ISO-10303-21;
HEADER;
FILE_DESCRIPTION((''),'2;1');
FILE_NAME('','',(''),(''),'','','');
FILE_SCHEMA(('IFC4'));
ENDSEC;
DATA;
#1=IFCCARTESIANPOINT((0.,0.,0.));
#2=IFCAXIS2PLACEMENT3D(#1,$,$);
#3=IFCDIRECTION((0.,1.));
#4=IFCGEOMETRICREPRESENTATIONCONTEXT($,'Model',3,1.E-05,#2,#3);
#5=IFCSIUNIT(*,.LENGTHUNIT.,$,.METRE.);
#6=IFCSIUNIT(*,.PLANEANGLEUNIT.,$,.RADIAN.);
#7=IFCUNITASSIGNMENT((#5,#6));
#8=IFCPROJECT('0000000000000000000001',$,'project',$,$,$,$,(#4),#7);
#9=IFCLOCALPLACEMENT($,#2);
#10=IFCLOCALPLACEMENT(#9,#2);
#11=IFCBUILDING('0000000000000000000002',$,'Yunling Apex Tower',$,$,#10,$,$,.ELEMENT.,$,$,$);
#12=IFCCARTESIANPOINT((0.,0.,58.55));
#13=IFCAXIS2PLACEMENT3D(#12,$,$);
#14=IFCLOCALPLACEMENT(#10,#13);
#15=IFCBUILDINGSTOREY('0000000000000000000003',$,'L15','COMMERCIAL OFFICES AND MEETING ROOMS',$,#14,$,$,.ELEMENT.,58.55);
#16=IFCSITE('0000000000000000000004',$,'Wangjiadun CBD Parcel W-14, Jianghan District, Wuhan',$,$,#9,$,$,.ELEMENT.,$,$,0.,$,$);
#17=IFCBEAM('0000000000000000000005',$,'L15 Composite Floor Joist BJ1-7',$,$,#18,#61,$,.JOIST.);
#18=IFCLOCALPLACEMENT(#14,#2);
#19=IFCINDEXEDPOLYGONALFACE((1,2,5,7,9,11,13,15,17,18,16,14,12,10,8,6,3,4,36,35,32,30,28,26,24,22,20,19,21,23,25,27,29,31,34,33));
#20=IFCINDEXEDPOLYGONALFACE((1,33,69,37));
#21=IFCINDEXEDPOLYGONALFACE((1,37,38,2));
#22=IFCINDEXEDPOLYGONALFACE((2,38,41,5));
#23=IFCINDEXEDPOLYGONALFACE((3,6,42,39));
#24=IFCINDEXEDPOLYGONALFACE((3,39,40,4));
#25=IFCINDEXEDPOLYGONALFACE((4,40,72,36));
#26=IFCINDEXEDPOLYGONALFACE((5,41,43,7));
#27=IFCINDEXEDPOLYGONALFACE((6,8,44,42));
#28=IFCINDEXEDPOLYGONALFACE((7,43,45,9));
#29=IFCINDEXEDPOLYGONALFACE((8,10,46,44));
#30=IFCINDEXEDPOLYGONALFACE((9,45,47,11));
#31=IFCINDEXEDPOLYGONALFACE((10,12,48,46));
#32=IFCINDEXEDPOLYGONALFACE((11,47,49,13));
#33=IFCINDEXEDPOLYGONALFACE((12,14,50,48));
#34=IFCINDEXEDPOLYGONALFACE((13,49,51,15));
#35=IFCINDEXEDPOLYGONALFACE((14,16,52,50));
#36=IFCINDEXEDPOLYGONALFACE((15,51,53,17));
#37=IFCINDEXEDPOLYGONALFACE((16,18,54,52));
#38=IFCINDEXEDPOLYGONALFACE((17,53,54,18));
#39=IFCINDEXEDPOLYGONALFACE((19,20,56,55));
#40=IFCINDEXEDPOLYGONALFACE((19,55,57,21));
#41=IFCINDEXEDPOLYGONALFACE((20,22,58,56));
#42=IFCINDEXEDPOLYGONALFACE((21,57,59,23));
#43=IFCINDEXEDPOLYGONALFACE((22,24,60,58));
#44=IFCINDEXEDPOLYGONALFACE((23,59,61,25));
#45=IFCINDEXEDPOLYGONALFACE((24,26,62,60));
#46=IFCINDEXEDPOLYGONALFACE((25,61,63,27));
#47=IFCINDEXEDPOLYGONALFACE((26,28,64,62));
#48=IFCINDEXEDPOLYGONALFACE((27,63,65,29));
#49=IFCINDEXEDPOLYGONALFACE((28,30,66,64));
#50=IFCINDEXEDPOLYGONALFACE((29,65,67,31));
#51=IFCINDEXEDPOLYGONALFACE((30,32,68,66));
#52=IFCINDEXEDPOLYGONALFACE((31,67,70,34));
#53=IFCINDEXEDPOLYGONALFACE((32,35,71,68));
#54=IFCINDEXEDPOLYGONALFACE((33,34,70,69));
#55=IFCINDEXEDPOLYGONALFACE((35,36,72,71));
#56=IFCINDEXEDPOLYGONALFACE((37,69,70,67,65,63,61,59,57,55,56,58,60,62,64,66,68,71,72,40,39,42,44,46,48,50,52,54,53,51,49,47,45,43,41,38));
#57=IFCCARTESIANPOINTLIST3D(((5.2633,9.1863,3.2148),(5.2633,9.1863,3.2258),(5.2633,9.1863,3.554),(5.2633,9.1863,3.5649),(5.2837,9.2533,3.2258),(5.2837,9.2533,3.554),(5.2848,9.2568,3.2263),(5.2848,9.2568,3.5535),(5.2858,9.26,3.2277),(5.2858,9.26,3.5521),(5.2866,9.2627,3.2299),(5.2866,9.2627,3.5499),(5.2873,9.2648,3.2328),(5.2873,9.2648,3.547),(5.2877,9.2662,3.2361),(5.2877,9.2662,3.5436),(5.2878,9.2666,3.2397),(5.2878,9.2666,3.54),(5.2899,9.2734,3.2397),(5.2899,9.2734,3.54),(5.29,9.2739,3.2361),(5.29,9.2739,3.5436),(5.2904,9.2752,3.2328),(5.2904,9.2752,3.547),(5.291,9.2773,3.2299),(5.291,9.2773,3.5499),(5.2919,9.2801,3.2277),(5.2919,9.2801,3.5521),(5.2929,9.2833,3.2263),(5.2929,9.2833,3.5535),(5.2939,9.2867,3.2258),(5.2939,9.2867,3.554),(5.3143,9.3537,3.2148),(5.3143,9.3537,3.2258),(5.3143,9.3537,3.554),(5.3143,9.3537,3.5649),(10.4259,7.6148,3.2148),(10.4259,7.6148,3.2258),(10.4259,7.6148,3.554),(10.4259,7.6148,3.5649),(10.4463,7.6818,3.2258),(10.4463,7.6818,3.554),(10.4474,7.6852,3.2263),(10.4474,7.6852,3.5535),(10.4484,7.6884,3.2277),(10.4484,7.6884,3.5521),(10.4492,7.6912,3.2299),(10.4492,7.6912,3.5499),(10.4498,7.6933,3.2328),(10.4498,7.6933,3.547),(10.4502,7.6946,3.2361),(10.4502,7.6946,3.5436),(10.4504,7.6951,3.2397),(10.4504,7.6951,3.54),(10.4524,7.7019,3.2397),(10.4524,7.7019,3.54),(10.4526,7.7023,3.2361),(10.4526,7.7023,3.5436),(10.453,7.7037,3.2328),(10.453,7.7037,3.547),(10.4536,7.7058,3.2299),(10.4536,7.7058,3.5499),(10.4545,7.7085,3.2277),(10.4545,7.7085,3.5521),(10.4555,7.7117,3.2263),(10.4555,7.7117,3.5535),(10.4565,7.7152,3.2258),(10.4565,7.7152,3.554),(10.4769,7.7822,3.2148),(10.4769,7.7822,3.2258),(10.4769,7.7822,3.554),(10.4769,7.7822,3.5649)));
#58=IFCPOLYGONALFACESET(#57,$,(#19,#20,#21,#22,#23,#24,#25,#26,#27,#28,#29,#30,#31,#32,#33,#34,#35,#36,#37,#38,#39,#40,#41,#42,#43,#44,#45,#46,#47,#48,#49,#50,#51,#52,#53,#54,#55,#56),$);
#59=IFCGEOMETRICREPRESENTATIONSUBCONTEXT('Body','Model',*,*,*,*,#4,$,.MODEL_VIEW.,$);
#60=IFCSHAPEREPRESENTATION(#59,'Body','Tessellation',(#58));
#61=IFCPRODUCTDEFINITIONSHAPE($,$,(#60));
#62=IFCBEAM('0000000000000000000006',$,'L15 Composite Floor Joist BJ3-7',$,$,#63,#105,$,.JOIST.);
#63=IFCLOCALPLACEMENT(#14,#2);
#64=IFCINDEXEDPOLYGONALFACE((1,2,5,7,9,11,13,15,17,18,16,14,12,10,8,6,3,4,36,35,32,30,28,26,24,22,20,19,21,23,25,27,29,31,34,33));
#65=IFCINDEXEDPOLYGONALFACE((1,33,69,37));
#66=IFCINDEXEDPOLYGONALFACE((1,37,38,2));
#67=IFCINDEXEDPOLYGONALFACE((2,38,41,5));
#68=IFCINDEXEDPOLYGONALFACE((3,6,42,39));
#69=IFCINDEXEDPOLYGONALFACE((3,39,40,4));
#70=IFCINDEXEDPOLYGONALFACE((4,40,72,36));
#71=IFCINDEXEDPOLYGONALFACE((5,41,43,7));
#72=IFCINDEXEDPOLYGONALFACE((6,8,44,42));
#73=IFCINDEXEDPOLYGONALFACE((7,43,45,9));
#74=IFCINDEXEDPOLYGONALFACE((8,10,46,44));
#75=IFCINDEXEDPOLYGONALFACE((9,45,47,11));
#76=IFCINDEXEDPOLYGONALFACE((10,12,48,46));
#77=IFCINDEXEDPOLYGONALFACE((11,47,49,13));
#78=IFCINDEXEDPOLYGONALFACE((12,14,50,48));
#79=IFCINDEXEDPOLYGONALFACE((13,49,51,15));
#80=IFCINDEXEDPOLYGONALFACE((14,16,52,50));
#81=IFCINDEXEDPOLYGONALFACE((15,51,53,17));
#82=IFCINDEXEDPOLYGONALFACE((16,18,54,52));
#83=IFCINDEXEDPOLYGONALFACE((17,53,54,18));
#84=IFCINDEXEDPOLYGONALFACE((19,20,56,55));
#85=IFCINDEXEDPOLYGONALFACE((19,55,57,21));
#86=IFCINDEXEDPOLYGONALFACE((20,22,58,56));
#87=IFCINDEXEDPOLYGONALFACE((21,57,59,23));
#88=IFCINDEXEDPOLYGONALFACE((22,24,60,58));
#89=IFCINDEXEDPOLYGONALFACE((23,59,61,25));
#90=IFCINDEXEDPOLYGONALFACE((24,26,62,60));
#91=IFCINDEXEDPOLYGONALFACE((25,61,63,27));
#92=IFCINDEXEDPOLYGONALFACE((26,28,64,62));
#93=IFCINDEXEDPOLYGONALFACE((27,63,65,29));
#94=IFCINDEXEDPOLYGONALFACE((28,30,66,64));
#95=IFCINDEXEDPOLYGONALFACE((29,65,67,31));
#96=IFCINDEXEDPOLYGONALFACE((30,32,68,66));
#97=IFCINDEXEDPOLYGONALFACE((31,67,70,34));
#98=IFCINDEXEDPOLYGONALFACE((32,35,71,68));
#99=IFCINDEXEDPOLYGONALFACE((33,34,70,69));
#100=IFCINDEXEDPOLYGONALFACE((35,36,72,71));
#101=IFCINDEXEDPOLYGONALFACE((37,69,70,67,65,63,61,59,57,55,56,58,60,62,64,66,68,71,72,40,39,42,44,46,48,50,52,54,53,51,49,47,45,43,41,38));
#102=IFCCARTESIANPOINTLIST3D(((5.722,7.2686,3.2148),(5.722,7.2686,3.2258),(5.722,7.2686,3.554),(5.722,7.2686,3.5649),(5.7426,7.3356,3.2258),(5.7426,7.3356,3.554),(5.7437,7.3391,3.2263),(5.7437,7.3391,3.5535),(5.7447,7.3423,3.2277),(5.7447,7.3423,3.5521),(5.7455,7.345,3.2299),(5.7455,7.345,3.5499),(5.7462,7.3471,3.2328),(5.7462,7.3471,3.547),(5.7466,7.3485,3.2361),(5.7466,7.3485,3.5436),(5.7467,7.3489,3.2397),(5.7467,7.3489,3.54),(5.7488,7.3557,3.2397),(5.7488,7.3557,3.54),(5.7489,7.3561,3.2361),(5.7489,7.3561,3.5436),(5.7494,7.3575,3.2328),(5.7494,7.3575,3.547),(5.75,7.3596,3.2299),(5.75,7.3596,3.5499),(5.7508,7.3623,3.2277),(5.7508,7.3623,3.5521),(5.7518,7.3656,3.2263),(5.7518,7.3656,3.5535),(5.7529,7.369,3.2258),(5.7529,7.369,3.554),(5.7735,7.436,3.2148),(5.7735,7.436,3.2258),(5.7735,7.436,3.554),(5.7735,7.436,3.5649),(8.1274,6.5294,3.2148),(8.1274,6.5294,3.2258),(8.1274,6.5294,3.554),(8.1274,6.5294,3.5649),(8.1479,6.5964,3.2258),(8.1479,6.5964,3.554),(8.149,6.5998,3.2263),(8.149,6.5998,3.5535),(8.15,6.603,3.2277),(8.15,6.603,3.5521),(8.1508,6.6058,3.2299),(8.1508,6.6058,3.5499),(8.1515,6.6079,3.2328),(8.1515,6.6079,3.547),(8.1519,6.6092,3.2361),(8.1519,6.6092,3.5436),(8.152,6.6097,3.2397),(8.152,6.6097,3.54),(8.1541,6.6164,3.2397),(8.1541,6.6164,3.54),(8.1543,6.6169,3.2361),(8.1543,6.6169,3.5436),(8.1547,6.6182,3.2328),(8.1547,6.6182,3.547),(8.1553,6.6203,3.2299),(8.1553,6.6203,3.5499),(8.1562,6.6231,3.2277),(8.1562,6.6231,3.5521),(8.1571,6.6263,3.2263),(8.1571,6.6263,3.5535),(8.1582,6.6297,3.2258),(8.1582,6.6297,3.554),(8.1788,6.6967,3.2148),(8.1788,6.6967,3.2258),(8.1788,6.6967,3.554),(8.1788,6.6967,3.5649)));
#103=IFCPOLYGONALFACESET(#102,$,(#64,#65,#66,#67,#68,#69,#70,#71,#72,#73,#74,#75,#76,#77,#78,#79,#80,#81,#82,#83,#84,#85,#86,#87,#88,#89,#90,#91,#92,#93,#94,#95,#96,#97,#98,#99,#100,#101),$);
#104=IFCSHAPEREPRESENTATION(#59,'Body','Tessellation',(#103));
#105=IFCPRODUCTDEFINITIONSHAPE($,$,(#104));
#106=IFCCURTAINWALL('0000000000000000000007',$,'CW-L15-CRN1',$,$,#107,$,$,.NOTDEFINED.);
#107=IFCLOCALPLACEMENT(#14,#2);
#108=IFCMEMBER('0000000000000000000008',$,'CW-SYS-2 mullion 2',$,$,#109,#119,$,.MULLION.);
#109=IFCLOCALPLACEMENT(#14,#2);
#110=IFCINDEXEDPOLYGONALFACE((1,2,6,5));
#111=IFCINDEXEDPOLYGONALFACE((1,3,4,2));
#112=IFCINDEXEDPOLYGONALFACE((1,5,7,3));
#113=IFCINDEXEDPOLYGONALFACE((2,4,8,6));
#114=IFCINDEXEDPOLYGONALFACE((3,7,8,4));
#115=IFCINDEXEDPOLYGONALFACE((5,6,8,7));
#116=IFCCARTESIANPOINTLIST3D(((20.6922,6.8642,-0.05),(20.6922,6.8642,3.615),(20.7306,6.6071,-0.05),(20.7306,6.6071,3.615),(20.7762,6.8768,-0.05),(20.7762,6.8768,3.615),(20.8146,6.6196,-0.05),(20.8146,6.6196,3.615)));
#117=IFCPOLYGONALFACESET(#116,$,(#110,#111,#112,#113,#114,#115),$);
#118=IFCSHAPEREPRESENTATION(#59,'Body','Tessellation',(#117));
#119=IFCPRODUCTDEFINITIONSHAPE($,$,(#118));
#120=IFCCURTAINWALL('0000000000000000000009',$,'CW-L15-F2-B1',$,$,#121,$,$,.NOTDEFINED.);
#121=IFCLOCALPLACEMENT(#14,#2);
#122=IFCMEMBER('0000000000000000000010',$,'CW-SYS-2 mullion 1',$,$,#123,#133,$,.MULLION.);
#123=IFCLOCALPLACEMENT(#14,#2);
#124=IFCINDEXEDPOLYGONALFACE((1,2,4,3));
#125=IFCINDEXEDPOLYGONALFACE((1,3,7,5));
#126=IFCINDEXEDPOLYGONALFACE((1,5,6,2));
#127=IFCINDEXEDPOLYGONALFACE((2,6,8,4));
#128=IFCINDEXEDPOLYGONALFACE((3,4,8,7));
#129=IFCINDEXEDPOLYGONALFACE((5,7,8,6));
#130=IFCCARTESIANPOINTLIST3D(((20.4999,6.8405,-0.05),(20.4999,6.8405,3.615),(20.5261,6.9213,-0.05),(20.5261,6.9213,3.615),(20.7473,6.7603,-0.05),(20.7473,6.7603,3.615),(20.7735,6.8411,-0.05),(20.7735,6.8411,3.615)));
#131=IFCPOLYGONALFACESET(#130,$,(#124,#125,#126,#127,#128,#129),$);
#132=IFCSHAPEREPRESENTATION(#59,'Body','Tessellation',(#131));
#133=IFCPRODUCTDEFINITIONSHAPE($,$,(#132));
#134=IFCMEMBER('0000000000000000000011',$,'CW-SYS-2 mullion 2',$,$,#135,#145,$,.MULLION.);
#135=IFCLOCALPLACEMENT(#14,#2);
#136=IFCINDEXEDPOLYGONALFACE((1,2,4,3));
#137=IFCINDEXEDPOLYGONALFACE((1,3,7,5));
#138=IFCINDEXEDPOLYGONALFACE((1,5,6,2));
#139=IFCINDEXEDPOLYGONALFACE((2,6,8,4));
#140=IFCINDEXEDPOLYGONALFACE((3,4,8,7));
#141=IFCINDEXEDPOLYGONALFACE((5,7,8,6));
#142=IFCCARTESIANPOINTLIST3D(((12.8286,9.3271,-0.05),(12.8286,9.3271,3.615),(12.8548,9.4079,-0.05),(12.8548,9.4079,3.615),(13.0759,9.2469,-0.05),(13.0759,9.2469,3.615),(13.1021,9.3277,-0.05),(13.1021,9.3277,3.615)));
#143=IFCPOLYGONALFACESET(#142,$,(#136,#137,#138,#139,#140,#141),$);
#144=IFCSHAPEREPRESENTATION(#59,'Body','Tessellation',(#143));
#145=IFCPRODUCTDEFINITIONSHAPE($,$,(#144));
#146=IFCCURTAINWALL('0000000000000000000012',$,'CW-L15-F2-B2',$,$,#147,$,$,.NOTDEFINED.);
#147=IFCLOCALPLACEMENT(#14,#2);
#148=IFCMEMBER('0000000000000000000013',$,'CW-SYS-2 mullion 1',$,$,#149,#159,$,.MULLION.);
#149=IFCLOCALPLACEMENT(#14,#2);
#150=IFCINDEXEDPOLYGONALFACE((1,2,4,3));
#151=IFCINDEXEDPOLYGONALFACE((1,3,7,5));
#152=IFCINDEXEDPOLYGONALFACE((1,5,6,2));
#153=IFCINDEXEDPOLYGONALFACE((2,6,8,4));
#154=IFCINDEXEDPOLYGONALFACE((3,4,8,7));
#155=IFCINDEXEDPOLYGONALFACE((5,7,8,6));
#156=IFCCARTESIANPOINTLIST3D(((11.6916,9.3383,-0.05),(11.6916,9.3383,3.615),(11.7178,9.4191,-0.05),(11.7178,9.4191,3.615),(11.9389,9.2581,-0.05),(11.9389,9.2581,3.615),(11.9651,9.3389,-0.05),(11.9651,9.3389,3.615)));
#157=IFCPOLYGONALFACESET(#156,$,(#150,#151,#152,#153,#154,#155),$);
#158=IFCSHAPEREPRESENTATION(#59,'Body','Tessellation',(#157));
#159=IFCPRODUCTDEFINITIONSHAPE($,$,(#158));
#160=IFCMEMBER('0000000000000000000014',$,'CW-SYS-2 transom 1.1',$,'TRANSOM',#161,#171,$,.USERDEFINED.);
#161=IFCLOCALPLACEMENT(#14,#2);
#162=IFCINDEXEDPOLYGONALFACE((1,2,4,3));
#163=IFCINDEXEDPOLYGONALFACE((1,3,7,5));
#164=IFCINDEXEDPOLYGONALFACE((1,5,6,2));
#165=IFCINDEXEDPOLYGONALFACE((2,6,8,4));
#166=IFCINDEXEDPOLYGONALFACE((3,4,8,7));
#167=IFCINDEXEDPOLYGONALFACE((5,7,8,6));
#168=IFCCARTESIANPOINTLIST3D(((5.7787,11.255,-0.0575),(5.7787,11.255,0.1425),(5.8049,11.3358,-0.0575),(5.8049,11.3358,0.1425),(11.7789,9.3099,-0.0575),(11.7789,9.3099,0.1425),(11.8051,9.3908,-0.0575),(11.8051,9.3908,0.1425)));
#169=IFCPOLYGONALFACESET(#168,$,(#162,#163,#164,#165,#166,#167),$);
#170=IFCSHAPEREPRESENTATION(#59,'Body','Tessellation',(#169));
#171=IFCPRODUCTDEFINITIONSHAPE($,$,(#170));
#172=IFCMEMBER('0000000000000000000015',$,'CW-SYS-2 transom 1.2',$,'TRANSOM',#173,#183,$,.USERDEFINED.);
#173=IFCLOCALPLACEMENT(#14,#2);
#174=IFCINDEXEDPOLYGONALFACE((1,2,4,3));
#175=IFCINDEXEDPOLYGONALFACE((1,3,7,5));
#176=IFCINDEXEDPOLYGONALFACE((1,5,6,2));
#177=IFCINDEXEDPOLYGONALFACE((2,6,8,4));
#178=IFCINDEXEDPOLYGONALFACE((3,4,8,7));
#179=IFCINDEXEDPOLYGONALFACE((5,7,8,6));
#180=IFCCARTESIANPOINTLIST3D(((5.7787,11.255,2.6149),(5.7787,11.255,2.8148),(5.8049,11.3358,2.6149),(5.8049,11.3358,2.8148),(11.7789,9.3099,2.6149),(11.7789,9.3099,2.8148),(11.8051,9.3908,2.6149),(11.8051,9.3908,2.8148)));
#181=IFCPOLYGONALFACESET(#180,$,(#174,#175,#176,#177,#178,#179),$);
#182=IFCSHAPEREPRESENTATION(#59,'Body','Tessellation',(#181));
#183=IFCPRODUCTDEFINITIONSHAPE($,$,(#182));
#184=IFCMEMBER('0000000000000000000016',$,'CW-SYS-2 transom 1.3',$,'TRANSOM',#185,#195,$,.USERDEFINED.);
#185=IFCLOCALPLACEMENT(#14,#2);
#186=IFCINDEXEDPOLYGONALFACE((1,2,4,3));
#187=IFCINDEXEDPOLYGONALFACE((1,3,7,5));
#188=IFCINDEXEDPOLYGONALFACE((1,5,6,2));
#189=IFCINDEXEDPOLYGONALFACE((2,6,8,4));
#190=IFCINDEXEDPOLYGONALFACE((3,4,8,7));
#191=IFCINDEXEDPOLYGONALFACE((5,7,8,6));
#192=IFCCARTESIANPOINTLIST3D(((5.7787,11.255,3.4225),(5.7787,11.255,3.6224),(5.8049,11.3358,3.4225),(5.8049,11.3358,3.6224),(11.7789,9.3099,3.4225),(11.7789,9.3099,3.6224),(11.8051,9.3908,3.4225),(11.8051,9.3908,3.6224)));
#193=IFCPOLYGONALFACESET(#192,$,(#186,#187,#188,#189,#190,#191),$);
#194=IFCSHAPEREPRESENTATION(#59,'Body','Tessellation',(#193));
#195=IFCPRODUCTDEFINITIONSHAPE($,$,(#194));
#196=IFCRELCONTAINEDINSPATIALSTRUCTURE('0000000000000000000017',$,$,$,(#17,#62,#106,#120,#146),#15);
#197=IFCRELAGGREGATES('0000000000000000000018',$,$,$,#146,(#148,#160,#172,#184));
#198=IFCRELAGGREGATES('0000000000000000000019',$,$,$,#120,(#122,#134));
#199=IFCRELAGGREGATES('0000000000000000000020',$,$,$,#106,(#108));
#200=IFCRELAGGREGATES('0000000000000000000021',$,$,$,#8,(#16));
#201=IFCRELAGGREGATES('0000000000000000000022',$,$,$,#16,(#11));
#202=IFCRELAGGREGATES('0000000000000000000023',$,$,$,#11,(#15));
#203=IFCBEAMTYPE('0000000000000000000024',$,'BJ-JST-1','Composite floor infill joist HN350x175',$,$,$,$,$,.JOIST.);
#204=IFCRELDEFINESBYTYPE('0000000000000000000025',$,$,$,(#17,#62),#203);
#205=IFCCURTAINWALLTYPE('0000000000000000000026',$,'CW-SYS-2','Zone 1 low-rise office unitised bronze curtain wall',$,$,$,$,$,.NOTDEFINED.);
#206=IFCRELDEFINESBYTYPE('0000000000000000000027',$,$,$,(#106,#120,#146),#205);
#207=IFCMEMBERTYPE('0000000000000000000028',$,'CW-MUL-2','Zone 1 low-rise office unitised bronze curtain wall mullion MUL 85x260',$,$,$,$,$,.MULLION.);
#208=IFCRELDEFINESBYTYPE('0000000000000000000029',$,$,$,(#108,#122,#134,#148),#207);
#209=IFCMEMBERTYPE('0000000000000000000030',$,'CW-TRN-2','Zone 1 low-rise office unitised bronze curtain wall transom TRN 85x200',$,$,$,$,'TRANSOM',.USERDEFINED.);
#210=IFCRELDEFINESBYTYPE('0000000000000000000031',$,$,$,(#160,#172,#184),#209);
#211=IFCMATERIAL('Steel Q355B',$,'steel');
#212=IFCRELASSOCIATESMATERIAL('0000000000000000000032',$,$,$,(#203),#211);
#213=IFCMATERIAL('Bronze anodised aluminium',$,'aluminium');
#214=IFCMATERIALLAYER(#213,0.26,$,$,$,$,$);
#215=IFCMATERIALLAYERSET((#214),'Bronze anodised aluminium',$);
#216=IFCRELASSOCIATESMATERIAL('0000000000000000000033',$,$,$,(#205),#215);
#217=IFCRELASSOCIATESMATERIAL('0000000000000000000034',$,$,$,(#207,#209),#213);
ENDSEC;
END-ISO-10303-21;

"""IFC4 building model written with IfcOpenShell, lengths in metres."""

from ifc_helpers import new_model, si_unit, direction, frame, origin, origin_2d, place, context, subcontext, project, spatial, rectangle, i_section, extrude, source, transform, mapped, material, layer, layer_set, material_profile, profile_set, type_object, element, aggregate, save


model = new_model("IFC4")

# Units and contexts
model_context = context("Model", 3, precision=1e-05, world=origin(), true_north=direction((0.0, 1.0)))
body_context = subcontext(model_context, "Body", "Model", "MODEL_VIEW")
ifc_project = project(units=[si_unit("LENGTHUNIT", "METRE"), si_unit("PLANEANGLEUNIT", "RADIAN")], contexts=[model_context])

# Site, building, storey
site_placement = place(None, origin())
site = spatial("IfcSite", under=ifc_project, at=site_placement, Name="Wangjiadun CBD Parcel W-14, Jianghan District, Wuhan", CompositionType="ELEMENT", RefElevation=0.0)
building_placement = place(site_placement, origin())
building = spatial("IfcBuilding", under=site, at=building_placement, Name="Yunling Apex Tower", CompositionType="ELEMENT")
storey_placement = place(building_placement, frame((0.0, 0.0, 58.55)))
storey = spatial("IfcBuildingStorey", under=building, at=storey_placement, Name="L15", Description="COMMERCIAL OFFICES AND MEETING ROOMS", CompositionType="ELEMENT", Elevation=58.55)

# Beams
ifc_material_1 = material(Name="Steel Q355B", Category="steel")
ifc_material_profile_1 = material_profile(ifc_material_1, i_section(OverallWidth=0.175, OverallDepth=0.3501, WebThickness=0.0071, FlangeThickness=0.011, FilletRadius=0.0139, at=origin_2d()))
ifc_profile_set_1 = profile_set([ifc_material_profile_1], Name="Steel Q355B")
beam_type_1 = type_object("IfcBeamType", Name="BJ-JST-1", Description="Composite floor infill joist HN350x175", PredefinedType="JOIST", material=ifc_profile_set_1)
shared_shape_1 = source(origin(), body_context, "Body", "SweptSolid", [
    extrude(i_section(OverallWidth=0.175, OverallDepth=0.3501, WebThickness=0.0071, FlangeThickness=0.011, FilletRadius=0.0139, at=origin_2d()), origin(), (0.0, 0.0, 1.0), 5.3965),
])
beam_1_placement = place(storey_placement, frame((10.4514, 7.6985, 3.3899), z_axis=(-0.956658, 0.291214, 0.0), x_axis=(-0.291214, -0.956658, 0.0)))
element("IfcBeam", 1, at=beam_1_placement, inside=storey, type_object=beam_type_1, Name="L15 Composite Floor Joist BJ1-7", PredefinedType="JOIST", context=body_context, shape_type="MappedRepresentation", body=[
    mapped(shared_shape_1, transform((0.0, 0.0, 0.0), scale=1.0)),
])
shared_shape_2 = source(origin(), body_context, "Body", "SweptSolid", [
    extrude(i_section(OverallWidth=0.175, OverallDepth=0.3501, WebThickness=0.0071, FlangeThickness=0.011, FilletRadius=0.0139, at=origin_2d()), origin(), (0.0, 0.0, 1.0), 2.5164),
])
beam_2_placement = place(storey_placement, frame((8.1531, 6.613, 3.3899), z_axis=(-0.955871, 0.293786, 0.0), x_axis=(-0.293786, -0.955871, 0.0)))
element("IfcBeam", 2, at=beam_2_placement, inside=storey, type_object=beam_type_1, Name="L15 Composite Floor Joist BJ3-7", PredefinedType="JOIST", context=body_context, shape_type="MappedRepresentation", body=[
    mapped(shared_shape_2, transform((0.0, 0.0, 0.0), scale=1.0)),
])

# Curtain wall, member
ifc_material_2 = material(Name="Bronze anodised aluminium", Category="aluminium")
ifc_layer_1 = layer(ifc_material_2, 0.26)
ifc_layer_set_1 = layer_set([ifc_layer_1], Name="Bronze anodised aluminium")
curtain_wall_type = type_object("IfcCurtainWallType", Name="CW-SYS-2", Description="Zone 1 low-rise office unitised bronze curtain wall", PredefinedType="NOTDEFINED", material=ifc_layer_set_1)
curtain_wall_1_placement = place(storey_placement, origin())
curtain_wall_1 = element("IfcCurtainWall", 3, at=curtain_wall_1_placement, inside=storey, type_object=curtain_wall_type, Name="CW-L15-CRN1", PredefinedType="NOTDEFINED")
ifc_material_profile_2 = material_profile(ifc_material_2, rectangle(XDim=0.085, YDim=0.26, at=origin_2d()))
ifc_profile_set_2 = profile_set([ifc_material_profile_2], Name="Bronze anodised aluminium")
member_type_1 = type_object("IfcMemberType", Name="CW-MUL-2", Description="Zone 1 low-rise office unitised bronze curtain wall mullion MUL 85x260", PredefinedType="MULLION", material=ifc_profile_set_2)
shared_shape_3 = source(origin(), body_context, "Body", "SweptSolid", [
    extrude(rectangle(XDim=0.085, YDim=0.26, at=origin_2d()), origin(), (0.0, 0.0, 1.0), 3.665),
])
member_1_placement = place(storey_placement, frame((20.7534, 6.7419, -0.05), z_axis=(0.0, 0.0, 1.0), x_axis=(-0.989018, -0.147798, 0.0)))
member_1 = element("IfcMember", 4, at=member_1_placement, type_object=member_type_1, Name="CW-SYS-2 mullion 2", PredefinedType="MULLION", context=body_context, shape_type="MappedRepresentation", body=[
    mapped(shared_shape_3, transform((0.0, 0.0, 0.0), scale=1.0)),
])

# Curtain walls, members
curtain_wall_2_placement = place(storey_placement, origin())
curtain_wall_2 = element("IfcCurtainWall", 5, at=curtain_wall_2_placement, inside=storey, type_object=curtain_wall_type, Name="CW-L15-F2-B1", PredefinedType="NOTDEFINED")
member_2_placement = place(storey_placement, frame((20.6367, 6.8408, -0.05), z_axis=(0.0, 0.0, 1.0), x_axis=(-0.308357, -0.951271, 0.0)))
member_2 = element("IfcMember", 6, at=member_2_placement, type_object=member_type_1, Name="CW-SYS-2 mullion 1", PredefinedType="MULLION", context=body_context, shape_type="MappedRepresentation", body=[
    mapped(shared_shape_3, transform((0.0, 0.0, 0.0), scale=1.0)),
])
member_3_placement = place(storey_placement, frame((12.9653, 9.3274, -0.05), z_axis=(0.0, 0.0, 1.0), x_axis=(-0.308357, -0.951271, 0.0)))
member_3 = element("IfcMember", 7, at=member_3_placement, type_object=member_type_1, Name="CW-SYS-2 mullion 2", PredefinedType="MULLION", context=body_context, shape_type="MappedRepresentation", body=[
    mapped(shared_shape_3, transform((0.0, 0.0, 0.0), scale=1.0)),
])
curtain_wall_3_placement = place(storey_placement, origin())
curtain_wall_3 = element("IfcCurtainWall", 8, at=curtain_wall_3_placement, inside=storey, type_object=curtain_wall_type, Name="CW-L15-F2-B2", PredefinedType="NOTDEFINED")
member_4_placement = place(storey_placement, frame((11.8284, 9.3386, -0.05), z_axis=(0.0, 0.0, 1.0), x_axis=(-0.308352, -0.951272, 0.0)))
member_4 = element("IfcMember", 9, at=member_4_placement, type_object=member_type_1, Name="CW-SYS-2 mullion 1", PredefinedType="MULLION", context=body_context, shape_type="MappedRepresentation", body=[
    mapped(shared_shape_3, transform((0.0, 0.0, 0.0), scale=1.0)),
])
ifc_material_profile_3 = material_profile(ifc_material_2, rectangle(XDim=0.085, YDim=0.2, at=origin_2d()))
ifc_profile_set_3 = profile_set([ifc_material_profile_3], Name="Bronze anodised aluminium")
member_type_2 = type_object("IfcMemberType", Name="CW-TRN-2", Description="Zone 1 low-rise office unitised bronze curtain wall transom TRN 85x200", ElementType="TRANSOM", PredefinedType="USERDEFINED", material=ifc_profile_set_3)
shared_shape_4 = source(origin(), body_context, "Body", "SweptSolid", [
    extrude(rectangle(XDim=0.085, YDim=0.2, at=origin_2d()), origin(), (0.0, 0.0, 1.0), 6.3076),
])
member_5_placement = place(storey_placement, frame((11.792, 9.3503, 0.0425), z_axis=(-0.951267, 0.308367, 0.0), x_axis=(-0.308367, -0.951267, 0.0)))
member_5 = element("IfcMember", 10, at=member_5_placement, type_object=member_type_2, Name="CW-SYS-2 transom 1.1", ObjectType="TRANSOM", PredefinedType="USERDEFINED", context=body_context, shape_type="MappedRepresentation", body=[
    mapped(shared_shape_4, transform((0.0, 0.0, 0.0), scale=1.0)),
])
member_6_placement = place(storey_placement, frame((11.792, 9.3503, 2.7148), z_axis=(-0.951267, 0.308367, 0.0), x_axis=(-0.308367, -0.951267, 0.0)))
member_6 = element("IfcMember", 11, at=member_6_placement, type_object=member_type_2, Name="CW-SYS-2 transom 1.2", ObjectType="TRANSOM", PredefinedType="USERDEFINED", context=body_context, shape_type="MappedRepresentation", body=[
    mapped(shared_shape_4, transform((0.0, 0.0, 0.0), scale=1.0)),
])
member_7_placement = place(storey_placement, frame((11.792, 9.3503, 3.5225), z_axis=(-0.951267, 0.308367, 0.0), x_axis=(-0.308367, -0.951267, 0.0)))
member_7 = element("IfcMember", 12, at=member_7_placement, type_object=member_type_2, Name="CW-SYS-2 transom 1.3", ObjectType="TRANSOM", PredefinedType="USERDEFINED", context=body_context, shape_type="MappedRepresentation", body=[
    mapped(shared_shape_4, transform((0.0, 0.0, 0.0), scale=1.0)),
])

aggregate(curtain_wall_3, [member_4, member_5, member_6, member_7])
aggregate(curtain_wall_2, [member_2, member_3])
aggregate(curtain_wall_1, [member_1])

save(model, "model.ifc")
